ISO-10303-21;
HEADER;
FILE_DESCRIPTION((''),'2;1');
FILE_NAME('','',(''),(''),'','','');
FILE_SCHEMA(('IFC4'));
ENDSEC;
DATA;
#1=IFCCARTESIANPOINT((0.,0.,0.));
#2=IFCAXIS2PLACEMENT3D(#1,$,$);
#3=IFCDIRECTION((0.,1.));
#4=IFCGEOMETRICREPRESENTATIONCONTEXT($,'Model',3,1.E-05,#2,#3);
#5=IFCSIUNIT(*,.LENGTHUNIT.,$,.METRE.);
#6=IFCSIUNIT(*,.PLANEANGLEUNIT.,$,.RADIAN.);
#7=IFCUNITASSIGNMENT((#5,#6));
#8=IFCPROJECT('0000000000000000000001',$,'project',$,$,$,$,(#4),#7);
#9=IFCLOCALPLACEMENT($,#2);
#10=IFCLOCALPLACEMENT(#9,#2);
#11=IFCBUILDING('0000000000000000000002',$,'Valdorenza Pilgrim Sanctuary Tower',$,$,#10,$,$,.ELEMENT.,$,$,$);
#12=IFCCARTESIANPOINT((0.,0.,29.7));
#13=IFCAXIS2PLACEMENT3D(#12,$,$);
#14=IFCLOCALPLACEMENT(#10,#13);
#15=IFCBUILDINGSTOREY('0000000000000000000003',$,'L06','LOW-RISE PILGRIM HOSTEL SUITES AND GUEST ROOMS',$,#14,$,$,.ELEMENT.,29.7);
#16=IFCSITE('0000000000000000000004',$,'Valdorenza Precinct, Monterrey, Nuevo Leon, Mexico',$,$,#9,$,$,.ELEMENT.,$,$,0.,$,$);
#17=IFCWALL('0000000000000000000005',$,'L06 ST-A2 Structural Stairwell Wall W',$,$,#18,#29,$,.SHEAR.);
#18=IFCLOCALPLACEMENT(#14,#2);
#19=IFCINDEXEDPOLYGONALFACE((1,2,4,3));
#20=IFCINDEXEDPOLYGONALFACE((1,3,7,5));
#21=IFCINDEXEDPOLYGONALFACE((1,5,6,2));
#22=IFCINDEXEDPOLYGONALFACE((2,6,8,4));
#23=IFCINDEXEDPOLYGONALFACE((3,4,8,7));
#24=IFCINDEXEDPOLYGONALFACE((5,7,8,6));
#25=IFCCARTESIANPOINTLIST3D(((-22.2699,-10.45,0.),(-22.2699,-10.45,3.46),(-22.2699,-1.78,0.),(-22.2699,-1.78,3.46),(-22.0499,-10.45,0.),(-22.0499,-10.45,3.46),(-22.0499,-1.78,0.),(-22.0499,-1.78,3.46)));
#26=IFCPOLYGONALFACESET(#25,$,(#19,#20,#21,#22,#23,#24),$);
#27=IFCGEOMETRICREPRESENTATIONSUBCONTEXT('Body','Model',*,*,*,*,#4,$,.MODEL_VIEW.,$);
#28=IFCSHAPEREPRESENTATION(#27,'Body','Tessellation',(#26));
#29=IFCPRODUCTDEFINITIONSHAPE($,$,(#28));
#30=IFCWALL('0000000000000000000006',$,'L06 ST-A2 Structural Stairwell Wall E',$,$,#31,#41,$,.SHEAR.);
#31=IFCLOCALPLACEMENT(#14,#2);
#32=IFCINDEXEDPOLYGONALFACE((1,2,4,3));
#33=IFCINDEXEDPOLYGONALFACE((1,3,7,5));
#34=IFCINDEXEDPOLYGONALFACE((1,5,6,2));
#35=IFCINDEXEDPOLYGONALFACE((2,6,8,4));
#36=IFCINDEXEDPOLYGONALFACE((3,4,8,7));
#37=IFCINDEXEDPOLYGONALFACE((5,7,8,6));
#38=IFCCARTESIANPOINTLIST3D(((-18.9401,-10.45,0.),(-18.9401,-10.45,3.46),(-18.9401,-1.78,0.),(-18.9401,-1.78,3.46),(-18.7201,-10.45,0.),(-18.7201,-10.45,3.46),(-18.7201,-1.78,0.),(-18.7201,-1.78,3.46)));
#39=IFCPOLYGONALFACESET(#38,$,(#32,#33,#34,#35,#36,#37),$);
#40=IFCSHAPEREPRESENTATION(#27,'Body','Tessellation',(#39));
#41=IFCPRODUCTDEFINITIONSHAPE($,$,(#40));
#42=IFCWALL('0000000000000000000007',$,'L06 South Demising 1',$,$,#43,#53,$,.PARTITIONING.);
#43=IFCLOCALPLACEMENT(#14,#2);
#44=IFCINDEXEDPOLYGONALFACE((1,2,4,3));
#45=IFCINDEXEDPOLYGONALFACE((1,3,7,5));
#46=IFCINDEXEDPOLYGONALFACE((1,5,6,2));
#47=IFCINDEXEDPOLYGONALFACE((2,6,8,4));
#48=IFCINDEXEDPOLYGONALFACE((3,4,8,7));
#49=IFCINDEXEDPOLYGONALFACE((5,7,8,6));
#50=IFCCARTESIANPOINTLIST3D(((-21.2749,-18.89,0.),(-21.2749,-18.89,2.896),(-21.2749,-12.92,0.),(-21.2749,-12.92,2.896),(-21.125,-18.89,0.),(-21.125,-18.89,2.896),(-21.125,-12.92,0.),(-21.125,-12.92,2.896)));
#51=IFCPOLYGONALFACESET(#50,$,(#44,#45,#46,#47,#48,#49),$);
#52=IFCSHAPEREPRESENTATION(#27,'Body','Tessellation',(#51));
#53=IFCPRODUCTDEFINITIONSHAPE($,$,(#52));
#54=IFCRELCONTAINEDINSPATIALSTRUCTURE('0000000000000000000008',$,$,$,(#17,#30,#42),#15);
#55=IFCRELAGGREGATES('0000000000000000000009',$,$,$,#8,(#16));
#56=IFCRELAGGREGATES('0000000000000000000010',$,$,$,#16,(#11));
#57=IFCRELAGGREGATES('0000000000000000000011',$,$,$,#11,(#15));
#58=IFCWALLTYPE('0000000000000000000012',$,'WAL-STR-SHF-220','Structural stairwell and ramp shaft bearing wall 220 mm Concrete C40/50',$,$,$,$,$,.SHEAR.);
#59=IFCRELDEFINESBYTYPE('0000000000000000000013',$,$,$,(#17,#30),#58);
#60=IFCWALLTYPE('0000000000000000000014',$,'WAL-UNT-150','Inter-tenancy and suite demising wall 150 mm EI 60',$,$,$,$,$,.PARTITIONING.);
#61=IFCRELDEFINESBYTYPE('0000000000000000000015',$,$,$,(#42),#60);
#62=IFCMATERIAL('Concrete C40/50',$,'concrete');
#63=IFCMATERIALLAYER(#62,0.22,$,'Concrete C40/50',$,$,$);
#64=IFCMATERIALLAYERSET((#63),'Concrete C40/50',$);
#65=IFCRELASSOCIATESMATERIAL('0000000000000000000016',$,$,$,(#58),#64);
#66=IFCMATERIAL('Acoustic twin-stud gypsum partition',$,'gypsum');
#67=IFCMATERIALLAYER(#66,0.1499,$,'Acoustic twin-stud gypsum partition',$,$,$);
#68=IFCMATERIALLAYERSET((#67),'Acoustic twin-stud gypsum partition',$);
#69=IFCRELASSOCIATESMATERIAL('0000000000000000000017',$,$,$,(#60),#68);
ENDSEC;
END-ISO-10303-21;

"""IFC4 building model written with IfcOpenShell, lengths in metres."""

from ifc_helpers import new_model, si_unit, direction, frame, frame_2d, origin, place, context, subcontext, project, spatial, rectangle, extrude, material, layer, layer_set, type_object, element, save


model = new_model("IFC4")

# Units and contexts
model_context = context("Model", 3, precision=1e-05, world=origin(), true_north=direction((0.0, 1.0)))
body_context = subcontext(model_context, "Body", "Model", "MODEL_VIEW")
ifc_project = project(units=[si_unit("LENGTHUNIT", "METRE"), si_unit("PLANEANGLEUNIT", "RADIAN")], contexts=[model_context])

# Site, building, storey
site_placement = place(None, origin())
site = spatial("IfcSite", under=ifc_project, at=site_placement, Name="Valdorenza Precinct, Monterrey, Nuevo Leon, Mexico", CompositionType="ELEMENT", RefElevation=0.0)
building_placement = place(site_placement, origin())
building = spatial("IfcBuilding", under=site, at=building_placement, Name="Valdorenza Pilgrim Sanctuary Tower", CompositionType="ELEMENT")
storey_placement = place(building_placement, frame((0.0, 0.0, 29.7)))
storey = spatial("IfcBuildingStorey", under=building, at=storey_placement, Name="L06", Description="LOW-RISE PILGRIM HOSTEL SUITES AND GUEST ROOMS", CompositionType="ELEMENT", Elevation=29.7)

# Walls
ifc_material_1 = material(Name="Concrete C40/50", Category="concrete")
ifc_layer_1 = layer(ifc_material_1, 0.22, Name="Concrete C40/50")
ifc_layer_set_1 = layer_set([ifc_layer_1], Name="Concrete C40/50")
wall_type_1 = type_object("IfcWallType", Name="WAL-STR-SHF-220", Description="Structural stairwell and ramp shaft bearing wall 220 mm Concrete C40/50", PredefinedType="SHEAR", material=ifc_layer_set_1)
for number, where, z_axis, x_axis, name in (
    (1, (-22.1599, -10.45, 0.0), (0.0, 0.0, 1.0), (0.0, 1.0, 0.0), "L06 ST-A2 Structural Stairwell Wall W"),
    (2, (-18.8301, -10.45, 0.0), (0.0, 0.0, 1.0), (0.0, 1.0, 0.0), "L06 ST-A2 Structural Stairwell Wall E"),
):
    element("IfcWall", number, at=place(storey_placement, frame(where, z_axis=z_axis, x_axis=x_axis)), inside=storey, type_object=wall_type_1, Name=name, PredefinedType="SHEAR", context=body_context, shape_type="SweptSolid", body=[
        extrude(rectangle(XDim=8.6699, YDim=0.22, at=frame_2d((4.335, 0.0))), origin(), (0.0, 0.0, 1.0), 3.46),
    ])
ifc_material_2 = material(Name="Acoustic twin-stud gypsum partition", Category="gypsum")
ifc_layer_2 = layer(ifc_material_2, 0.1499, Name="Acoustic twin-stud gypsum partition")
ifc_layer_set_2 = layer_set([ifc_layer_2], Name="Acoustic twin-stud gypsum partition")
wall_type_2 = type_object("IfcWallType", Name="WAL-UNT-150", Description="Inter-tenancy and suite demising wall 150 mm EI 60", PredefinedType="PARTITIONING", material=ifc_layer_set_2)
wall_1_placement = place(storey_placement, frame((-21.2, -18.8899, 0.0), z_axis=(0.0, 0.0, 1.0), x_axis=(0.0, 1.0, 0.0)))
element("IfcWall", 3, at=wall_1_placement, inside=storey, type_object=wall_type_2, Name="L06 South Demising 1", PredefinedType="PARTITIONING", context=body_context, shape_type="SweptSolid", body=[
    extrude(rectangle(XDim=5.97, YDim=0.1499, at=frame_2d((2.9849, 0.0))), origin(), (0.0, 0.0, 1.0), 2.896),
])

save(model, "model.ifc")
